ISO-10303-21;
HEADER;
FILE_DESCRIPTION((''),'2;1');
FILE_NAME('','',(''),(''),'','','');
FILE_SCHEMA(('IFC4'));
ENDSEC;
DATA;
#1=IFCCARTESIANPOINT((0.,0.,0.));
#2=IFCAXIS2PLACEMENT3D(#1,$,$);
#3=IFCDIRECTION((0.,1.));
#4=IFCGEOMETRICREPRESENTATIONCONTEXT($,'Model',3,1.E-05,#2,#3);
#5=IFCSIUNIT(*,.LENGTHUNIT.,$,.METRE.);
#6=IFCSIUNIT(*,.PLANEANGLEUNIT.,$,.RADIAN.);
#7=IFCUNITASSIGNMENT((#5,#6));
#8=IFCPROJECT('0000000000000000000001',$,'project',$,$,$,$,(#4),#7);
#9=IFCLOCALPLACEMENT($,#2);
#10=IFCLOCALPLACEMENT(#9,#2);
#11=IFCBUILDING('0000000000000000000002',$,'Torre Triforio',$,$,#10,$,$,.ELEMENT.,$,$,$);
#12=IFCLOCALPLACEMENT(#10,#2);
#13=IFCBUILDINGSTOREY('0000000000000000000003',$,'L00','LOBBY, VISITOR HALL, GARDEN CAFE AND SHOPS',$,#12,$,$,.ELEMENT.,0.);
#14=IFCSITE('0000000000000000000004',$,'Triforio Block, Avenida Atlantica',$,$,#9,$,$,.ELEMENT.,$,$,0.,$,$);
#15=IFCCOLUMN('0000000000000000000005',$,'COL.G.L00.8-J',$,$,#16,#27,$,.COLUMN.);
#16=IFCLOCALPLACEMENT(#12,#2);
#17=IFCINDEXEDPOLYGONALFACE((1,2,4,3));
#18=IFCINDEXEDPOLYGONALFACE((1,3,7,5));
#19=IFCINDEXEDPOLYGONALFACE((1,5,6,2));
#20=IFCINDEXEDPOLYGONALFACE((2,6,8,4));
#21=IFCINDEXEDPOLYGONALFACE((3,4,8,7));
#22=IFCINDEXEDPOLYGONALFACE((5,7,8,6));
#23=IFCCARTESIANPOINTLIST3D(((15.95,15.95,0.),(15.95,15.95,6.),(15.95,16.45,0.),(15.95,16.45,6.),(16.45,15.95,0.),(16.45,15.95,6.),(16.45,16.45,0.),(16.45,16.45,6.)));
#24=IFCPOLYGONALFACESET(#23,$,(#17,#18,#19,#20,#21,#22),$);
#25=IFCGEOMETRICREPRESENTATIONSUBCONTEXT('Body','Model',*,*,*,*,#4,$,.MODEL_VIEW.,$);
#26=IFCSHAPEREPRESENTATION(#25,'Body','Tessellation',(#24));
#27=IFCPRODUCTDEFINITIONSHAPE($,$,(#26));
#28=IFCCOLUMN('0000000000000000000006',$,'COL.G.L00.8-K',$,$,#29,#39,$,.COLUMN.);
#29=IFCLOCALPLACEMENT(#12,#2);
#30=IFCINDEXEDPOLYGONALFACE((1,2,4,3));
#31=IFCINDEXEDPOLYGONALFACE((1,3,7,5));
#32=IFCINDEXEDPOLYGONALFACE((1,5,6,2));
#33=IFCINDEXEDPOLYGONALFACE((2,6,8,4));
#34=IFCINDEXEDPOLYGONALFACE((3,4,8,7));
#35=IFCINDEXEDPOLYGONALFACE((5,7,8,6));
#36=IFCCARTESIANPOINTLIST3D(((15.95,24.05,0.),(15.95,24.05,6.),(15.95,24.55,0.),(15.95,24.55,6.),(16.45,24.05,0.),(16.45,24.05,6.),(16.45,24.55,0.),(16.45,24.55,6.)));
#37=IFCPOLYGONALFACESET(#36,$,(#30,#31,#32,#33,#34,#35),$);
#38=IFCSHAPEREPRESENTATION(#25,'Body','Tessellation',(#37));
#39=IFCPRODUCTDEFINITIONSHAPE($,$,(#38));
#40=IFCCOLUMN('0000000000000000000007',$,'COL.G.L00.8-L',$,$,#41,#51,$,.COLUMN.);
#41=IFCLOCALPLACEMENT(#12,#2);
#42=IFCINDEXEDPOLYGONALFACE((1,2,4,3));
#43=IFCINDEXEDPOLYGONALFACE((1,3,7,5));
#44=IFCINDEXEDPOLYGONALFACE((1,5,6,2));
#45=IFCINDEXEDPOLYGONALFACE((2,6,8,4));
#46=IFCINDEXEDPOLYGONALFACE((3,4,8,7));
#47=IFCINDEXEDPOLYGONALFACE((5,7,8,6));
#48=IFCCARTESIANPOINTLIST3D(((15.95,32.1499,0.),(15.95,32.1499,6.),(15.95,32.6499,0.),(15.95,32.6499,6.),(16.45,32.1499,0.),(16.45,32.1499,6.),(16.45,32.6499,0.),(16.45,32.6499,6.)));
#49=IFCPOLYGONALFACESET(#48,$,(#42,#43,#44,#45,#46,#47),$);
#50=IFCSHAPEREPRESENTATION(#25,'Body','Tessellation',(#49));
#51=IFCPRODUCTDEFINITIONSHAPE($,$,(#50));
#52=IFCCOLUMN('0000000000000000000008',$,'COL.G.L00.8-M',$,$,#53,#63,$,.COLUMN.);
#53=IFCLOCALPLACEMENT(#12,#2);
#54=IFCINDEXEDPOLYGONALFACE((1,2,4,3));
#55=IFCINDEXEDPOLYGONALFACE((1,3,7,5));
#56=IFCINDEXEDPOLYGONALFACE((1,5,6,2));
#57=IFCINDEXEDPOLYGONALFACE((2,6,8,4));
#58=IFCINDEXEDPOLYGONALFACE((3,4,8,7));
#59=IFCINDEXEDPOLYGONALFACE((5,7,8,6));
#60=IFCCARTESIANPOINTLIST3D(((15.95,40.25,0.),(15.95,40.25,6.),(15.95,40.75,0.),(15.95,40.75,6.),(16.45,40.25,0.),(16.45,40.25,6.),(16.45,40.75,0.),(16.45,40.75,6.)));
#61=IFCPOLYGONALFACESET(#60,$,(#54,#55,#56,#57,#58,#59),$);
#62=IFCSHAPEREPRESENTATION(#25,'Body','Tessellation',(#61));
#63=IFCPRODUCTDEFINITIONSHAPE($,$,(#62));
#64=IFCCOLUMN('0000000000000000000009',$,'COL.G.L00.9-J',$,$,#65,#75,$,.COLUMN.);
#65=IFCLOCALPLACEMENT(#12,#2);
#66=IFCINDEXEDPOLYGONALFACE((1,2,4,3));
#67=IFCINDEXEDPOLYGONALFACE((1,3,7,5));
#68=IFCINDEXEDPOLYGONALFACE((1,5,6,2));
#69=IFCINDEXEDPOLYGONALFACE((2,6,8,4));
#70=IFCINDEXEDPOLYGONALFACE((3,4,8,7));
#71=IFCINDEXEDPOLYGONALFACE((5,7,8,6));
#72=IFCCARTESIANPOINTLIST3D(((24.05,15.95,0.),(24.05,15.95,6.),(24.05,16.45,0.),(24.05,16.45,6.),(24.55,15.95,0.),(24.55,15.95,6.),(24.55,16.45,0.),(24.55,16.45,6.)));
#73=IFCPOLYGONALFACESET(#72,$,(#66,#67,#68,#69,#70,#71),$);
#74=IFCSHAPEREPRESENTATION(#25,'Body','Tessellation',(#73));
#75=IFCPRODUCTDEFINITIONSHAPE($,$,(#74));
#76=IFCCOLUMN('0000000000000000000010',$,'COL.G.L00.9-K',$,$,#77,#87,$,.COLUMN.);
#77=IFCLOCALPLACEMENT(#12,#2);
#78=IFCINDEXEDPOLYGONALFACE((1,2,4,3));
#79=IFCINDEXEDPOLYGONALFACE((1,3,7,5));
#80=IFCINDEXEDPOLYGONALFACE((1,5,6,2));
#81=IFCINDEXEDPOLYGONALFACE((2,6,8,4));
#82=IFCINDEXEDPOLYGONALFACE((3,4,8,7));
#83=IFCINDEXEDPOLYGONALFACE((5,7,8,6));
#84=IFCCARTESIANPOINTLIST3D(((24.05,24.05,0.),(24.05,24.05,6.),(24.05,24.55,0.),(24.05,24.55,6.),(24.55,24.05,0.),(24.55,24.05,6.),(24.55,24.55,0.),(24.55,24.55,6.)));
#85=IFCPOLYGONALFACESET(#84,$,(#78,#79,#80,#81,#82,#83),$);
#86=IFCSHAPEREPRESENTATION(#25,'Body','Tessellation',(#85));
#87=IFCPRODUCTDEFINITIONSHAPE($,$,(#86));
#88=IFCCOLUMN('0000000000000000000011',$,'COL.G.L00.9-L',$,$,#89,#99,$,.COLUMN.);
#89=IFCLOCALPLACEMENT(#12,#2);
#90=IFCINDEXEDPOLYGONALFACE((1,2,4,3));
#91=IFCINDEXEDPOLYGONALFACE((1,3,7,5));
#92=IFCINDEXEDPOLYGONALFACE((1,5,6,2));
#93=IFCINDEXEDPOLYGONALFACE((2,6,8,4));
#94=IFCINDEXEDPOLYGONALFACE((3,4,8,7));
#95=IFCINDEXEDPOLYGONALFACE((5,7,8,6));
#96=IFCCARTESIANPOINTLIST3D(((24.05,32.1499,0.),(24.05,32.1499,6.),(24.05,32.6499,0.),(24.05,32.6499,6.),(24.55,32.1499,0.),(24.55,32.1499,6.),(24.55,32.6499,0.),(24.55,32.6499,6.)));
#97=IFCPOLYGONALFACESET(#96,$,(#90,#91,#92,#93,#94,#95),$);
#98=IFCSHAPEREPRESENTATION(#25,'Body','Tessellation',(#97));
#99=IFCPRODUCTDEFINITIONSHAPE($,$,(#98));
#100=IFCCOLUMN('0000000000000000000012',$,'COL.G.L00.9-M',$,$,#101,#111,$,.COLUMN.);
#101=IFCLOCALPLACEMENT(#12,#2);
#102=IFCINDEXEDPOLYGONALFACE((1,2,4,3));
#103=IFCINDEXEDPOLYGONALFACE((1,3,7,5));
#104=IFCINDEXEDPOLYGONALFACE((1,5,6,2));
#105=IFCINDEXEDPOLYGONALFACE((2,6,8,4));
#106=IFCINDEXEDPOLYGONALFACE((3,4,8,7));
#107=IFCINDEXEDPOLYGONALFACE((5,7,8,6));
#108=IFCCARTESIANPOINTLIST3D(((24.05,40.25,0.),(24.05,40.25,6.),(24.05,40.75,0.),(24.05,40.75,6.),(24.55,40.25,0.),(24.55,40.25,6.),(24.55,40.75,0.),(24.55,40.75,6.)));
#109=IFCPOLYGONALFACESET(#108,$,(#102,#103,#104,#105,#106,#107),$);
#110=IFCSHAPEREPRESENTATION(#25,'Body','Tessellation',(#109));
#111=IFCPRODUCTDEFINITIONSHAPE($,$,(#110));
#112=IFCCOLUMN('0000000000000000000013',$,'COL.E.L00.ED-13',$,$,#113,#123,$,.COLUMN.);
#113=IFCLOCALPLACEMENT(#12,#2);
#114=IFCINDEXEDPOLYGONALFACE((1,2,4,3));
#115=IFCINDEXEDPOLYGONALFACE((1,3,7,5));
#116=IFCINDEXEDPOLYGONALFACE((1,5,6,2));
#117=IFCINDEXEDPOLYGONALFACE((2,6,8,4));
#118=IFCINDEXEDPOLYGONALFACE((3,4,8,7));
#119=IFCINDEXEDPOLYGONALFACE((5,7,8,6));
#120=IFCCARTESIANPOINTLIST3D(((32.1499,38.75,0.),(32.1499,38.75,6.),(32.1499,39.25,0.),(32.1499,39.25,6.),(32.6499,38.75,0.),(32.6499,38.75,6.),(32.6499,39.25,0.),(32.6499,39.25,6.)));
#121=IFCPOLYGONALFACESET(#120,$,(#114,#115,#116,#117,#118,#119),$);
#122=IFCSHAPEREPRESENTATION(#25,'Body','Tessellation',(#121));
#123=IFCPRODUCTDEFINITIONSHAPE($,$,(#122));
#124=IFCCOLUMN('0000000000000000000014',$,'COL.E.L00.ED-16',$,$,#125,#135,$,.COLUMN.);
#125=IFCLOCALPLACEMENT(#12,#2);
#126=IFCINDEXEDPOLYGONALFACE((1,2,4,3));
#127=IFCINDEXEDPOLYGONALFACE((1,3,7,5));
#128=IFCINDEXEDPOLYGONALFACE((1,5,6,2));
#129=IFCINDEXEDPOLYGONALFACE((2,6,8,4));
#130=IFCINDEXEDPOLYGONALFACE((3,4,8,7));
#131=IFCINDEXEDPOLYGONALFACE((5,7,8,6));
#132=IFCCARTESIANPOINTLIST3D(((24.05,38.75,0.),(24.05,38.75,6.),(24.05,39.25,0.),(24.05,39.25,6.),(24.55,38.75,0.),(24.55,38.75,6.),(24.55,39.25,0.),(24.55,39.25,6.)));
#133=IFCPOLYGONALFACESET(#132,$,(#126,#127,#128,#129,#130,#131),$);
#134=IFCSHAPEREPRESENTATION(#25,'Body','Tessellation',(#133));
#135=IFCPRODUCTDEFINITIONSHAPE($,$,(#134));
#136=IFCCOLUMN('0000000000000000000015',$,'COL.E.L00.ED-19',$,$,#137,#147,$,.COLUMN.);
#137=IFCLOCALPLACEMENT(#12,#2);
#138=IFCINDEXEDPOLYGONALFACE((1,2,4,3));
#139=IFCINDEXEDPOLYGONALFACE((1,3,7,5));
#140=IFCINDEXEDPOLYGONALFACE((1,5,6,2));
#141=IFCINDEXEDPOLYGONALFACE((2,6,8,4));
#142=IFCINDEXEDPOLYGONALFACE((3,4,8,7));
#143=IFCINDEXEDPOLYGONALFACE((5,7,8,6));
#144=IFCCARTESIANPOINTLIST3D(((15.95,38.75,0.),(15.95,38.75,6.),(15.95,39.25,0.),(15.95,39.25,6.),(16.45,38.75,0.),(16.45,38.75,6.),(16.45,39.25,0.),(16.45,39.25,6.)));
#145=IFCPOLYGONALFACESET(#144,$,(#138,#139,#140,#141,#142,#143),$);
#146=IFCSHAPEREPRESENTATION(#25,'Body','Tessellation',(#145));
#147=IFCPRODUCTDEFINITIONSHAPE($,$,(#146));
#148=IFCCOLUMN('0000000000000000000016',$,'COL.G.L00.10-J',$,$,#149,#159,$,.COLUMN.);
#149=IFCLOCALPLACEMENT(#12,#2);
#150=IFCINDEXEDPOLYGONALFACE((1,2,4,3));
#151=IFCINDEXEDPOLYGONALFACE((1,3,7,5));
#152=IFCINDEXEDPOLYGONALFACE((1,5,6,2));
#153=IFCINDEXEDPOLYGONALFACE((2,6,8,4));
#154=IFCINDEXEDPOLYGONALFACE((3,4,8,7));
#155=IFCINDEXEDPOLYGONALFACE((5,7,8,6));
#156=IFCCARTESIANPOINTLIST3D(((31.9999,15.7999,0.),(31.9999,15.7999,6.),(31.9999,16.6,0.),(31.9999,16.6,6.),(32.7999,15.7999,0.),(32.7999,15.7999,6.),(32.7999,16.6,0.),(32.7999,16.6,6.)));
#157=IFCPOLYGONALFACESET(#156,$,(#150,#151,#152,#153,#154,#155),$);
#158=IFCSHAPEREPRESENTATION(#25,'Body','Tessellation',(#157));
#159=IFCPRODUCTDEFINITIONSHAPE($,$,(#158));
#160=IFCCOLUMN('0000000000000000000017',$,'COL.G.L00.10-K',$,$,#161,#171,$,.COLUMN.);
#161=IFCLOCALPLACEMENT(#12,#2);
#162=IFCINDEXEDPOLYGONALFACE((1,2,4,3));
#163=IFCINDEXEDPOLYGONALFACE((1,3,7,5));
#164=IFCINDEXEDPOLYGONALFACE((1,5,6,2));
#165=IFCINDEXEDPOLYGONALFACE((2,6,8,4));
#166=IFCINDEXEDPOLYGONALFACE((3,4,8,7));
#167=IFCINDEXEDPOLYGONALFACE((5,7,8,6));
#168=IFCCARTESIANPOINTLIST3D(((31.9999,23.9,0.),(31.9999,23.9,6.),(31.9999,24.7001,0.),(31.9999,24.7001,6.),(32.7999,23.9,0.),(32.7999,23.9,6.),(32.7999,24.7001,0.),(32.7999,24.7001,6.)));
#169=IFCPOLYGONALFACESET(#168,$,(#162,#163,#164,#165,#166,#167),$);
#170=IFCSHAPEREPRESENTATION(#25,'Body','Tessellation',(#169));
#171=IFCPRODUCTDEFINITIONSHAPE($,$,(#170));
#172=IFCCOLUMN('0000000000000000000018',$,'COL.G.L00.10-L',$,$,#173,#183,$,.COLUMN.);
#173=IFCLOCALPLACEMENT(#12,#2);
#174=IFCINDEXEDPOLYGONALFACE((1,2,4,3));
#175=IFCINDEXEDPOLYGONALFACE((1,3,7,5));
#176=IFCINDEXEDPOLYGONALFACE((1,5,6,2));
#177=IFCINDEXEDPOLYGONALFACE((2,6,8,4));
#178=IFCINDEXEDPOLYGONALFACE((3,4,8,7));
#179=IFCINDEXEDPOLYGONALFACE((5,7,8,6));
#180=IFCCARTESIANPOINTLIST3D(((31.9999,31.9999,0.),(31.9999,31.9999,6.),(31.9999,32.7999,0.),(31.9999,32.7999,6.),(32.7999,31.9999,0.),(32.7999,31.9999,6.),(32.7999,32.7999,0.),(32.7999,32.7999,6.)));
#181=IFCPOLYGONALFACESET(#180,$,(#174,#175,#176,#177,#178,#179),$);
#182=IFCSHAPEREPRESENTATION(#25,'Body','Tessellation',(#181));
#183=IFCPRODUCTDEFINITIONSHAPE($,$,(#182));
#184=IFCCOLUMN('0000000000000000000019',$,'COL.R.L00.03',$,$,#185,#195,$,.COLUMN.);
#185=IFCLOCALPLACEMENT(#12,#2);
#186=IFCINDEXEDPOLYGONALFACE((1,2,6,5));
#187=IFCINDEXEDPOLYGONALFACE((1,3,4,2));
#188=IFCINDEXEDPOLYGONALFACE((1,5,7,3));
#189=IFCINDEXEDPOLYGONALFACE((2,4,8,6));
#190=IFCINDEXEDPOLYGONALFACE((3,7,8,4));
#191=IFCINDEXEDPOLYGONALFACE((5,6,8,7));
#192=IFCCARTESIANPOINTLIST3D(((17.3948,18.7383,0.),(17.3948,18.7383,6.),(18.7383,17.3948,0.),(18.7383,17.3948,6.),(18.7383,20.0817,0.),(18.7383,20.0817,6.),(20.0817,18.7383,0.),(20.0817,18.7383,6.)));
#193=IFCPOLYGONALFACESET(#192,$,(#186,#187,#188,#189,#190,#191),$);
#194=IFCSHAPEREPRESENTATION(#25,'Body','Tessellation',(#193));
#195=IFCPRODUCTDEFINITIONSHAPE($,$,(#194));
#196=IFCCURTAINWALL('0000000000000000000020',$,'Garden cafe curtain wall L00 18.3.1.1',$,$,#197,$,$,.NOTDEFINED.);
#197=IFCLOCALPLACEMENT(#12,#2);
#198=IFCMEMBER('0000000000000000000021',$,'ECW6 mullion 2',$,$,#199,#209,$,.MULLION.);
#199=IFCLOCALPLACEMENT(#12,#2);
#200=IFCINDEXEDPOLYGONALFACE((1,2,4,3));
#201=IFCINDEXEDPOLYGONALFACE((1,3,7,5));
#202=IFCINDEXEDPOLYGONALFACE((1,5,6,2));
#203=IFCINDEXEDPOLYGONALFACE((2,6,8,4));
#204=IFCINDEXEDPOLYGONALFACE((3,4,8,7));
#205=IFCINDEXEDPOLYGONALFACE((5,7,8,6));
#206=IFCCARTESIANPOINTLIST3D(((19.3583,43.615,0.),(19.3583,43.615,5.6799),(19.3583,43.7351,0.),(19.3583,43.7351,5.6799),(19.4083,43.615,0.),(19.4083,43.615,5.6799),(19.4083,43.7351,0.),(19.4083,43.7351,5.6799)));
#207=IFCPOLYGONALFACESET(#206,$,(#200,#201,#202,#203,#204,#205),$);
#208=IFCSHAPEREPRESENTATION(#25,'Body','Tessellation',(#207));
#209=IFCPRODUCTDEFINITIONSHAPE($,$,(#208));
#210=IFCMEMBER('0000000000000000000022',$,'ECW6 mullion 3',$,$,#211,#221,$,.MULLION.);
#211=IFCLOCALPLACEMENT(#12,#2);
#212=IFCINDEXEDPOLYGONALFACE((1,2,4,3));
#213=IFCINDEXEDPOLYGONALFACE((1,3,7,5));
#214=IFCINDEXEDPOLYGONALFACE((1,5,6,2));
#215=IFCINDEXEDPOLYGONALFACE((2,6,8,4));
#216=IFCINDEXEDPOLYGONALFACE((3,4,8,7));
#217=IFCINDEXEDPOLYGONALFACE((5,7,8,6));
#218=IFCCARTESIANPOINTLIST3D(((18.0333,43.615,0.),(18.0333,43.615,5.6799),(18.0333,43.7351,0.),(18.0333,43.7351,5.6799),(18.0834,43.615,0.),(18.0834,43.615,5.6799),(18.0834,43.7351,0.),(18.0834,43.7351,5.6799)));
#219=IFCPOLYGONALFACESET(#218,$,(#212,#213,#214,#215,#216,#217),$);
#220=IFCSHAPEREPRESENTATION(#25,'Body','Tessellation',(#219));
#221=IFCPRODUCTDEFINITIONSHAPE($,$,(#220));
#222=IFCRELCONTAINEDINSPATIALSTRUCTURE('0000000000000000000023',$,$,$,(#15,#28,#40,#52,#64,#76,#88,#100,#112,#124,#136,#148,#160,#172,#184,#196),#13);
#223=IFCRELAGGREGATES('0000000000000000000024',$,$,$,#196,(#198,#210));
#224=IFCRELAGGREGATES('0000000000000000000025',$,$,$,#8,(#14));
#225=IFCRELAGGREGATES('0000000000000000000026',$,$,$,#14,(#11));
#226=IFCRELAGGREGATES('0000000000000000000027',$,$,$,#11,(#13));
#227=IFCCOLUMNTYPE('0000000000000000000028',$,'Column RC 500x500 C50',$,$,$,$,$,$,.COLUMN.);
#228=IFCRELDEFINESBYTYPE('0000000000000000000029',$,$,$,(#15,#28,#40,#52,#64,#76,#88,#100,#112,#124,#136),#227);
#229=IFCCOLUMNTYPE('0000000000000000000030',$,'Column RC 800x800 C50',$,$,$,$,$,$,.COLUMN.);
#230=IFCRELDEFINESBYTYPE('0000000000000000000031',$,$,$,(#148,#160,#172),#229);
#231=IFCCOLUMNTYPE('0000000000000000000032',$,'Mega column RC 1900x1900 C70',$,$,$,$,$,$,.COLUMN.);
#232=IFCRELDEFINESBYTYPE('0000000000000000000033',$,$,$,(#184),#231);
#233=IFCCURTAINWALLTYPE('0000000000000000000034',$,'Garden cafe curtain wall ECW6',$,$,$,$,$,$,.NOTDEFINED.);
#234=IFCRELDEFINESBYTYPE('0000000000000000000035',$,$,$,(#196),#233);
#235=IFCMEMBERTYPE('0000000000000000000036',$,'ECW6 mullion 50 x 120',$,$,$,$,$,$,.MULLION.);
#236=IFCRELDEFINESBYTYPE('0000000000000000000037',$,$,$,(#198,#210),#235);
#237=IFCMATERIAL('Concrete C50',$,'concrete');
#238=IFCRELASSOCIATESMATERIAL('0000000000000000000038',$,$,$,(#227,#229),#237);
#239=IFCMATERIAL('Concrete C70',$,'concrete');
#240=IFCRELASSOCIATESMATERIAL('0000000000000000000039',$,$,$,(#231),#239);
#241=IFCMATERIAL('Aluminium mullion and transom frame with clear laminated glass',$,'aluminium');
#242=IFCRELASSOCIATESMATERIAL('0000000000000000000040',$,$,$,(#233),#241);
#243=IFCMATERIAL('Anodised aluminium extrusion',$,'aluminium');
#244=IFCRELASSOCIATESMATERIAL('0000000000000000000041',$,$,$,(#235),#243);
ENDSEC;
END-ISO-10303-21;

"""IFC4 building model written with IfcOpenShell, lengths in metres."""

from ifc_helpers import new_model, si_unit, direction, frame, origin, origin_2d, place, context, subcontext, project, spatial, rectangle, extrude, material, material_profile, profile_set, type_object, element, aggregate, save


model = new_model("IFC4")

# Units and contexts
model_context = context("Model", 3, precision=1e-05, world=origin(), true_north=direction((0.0, 1.0)))
body_context = subcontext(model_context, "Body", "Model", "MODEL_VIEW")
ifc_project = project(units=[si_unit("LENGTHUNIT", "METRE"), si_unit("PLANEANGLEUNIT", "RADIAN")], contexts=[model_context])

# Site, building, storey
site_placement = place(None, origin())
site = spatial("IfcSite", under=ifc_project, at=site_placement, Name="Triforio Block, Avenida Atlantica", CompositionType="ELEMENT", RefElevation=0.0)
building_placement = place(site_placement, origin())
building = spatial("IfcBuilding", under=site, at=building_placement, Name="Torre Triforio", CompositionType="ELEMENT")
storey_placement = place(building_placement, origin())
storey = spatial("IfcBuildingStorey", under=building, at=storey_placement, Name="L00", Description="LOBBY, VISITOR HALL, GARDEN CAFE AND SHOPS", CompositionType="ELEMENT", Elevation=0.0)

# Columns
ifc_material_1 = material(Name="Concrete C50", Category="concrete")
ifc_material_profile_1 = material_profile(ifc_material_1, rectangle(XDim=0.5, YDim=0.5, at=origin_2d()), Name="RC 500x500")
ifc_profile_set_1 = profile_set([ifc_material_profile_1], Name="Concrete C50")
column_type_1 = type_object("IfcColumnType", Name="Column RC 500x500 C50", PredefinedType="COLUMN", material=ifc_profile_set_1)
for number, where, z_axis, x_axis, name in (
    (1, (16.2, 16.2, 0.0), (0.0, 0.0, 1.0), (1.0, 0.0, 0.0), "COL.G.L00.8-J"),
    (2, (16.2, 24.3, 0.0), (0.0, 0.0, 1.0), (1.0, 0.0, 0.0), "COL.G.L00.8-K"),
    (3, (16.2, 32.3999, 0.0), (0.0, 0.0, 1.0), (1.0, 0.0, 0.0), "COL.G.L00.8-L"),
    (4, (16.2, 40.5, 0.0), (0.0, 0.0, 1.0), (1.0, 0.0, 0.0), "COL.G.L00.8-M"),
    (5, (24.3, 16.2, 0.0), (0.0, 0.0, 1.0), (1.0, 0.0, 0.0), "COL.G.L00.9-J"),
    (6, (24.3, 24.3, 0.0), (0.0, 0.0, 1.0), (1.0, 0.0, 0.0), "COL.G.L00.9-K"),
    (7, (24.3, 32.3999, 0.0), (0.0, 0.0, 1.0), (1.0, 0.0, 0.0), "COL.G.L00.9-L"),
    (8, (24.3, 40.5, 0.0), (0.0, 0.0, 1.0), (1.0, 0.0, 0.0), "COL.G.L00.9-M"),
    (9, (32.3999, 39.0, 0.0), (0.0, 0.0, 1.0), (1.0, 0.0, 0.0), "COL.E.L00.ED-13"),
    (10, (24.3, 39.0, 0.0), (0.0, 0.0, 1.0), (1.0, 0.0, 0.0), "COL.E.L00.ED-16"),
    (11, (16.2, 39.0, 0.0), (0.0, 0.0, 1.0), (1.0, 0.0, 0.0), "COL.E.L00.ED-19"),
):
    element("IfcColumn", number, at=place(storey_placement, frame(where, z_axis=z_axis, x_axis=x_axis)), inside=storey, type_object=column_type_1, Name=name, PredefinedType="COLUMN", context=body_context, shape_type="SweptSolid", body=[
        extrude(rectangle(XDim=0.5, YDim=0.5, at=origin_2d()), origin(), (0.0, 0.0, 1.0), 6.0),
    ])
ifc_material_profile_2 = material_profile(ifc_material_1, rectangle(XDim=0.8, YDim=0.8, at=origin_2d()), Name="RC 800x800")
ifc_profile_set_2 = profile_set([ifc_material_profile_2], Name="Concrete C50")
column_type_2 = type_object("IfcColumnType", Name="Column RC 800x800 C50", PredefinedType="COLUMN", material=ifc_profile_set_2)
for number, where, z_axis, x_axis, name in (
    (12, (32.3999, 16.2, 0.0), (0.0, 0.0, 1.0), (1.0, 0.0, 0.0), "COL.G.L00.10-J"),
    (13, (32.3999, 24.3, 0.0), (0.0, 0.0, 1.0), (1.0, 0.0, 0.0), "COL.G.L00.10-K"),
    (14, (32.3999, 32.3999, 0.0), (0.0, 0.0, 1.0), (1.0, 0.0, 0.0), "COL.G.L00.10-L"),
):
    element("IfcColumn", number, at=place(storey_placement, frame(where, z_axis=z_axis, x_axis=x_axis)), inside=storey, type_object=column_type_2, Name=name, PredefinedType="COLUMN", context=body_context, shape_type="SweptSolid", body=[
        extrude(rectangle(XDim=0.8, YDim=0.8, at=origin_2d()), origin(), (0.0, 0.0, 1.0), 6.0),
    ])
ifc_material_2 = material(Name="Concrete C70", Category="concrete")
ifc_material_profile_3 = material_profile(ifc_material_2, rectangle(XDim=1.8999, YDim=1.8999, at=origin_2d()), Name="RC 1900x1900")
ifc_profile_set_3 = profile_set([ifc_material_profile_3], Name="Concrete C70")
column_type_3 = type_object("IfcColumnType", Name="Mega column RC 1900x1900 C70", PredefinedType="COLUMN", material=ifc_profile_set_3)
column_placement = place(storey_placement, frame((18.7383, 18.7383, 0.0), z_axis=(0.0, 0.0, 1.0), x_axis=(-0.707107, 0.707107, 0.0)))
element("IfcColumn", 15, at=column_placement, inside=storey, type_object=column_type_3, Name="COL.R.L00.03", PredefinedType="COLUMN", context=body_context, shape_type="SweptSolid", body=[
    extrude(rectangle(XDim=1.8999, YDim=1.8999, at=origin_2d()), origin(), (0.0, 0.0, 1.0), 6.0),
])

# Curtain wall, members
ifc_material_3 = material(Name="Aluminium mullion and transom frame with clear laminated glass", Category="aluminium")
curtain_wall_type = type_object("IfcCurtainWallType", Name="Garden cafe curtain wall ECW6", PredefinedType="NOTDEFINED", material=ifc_material_3)
curtain_wall_1_placement = place(storey_placement, origin())
curtain_wall_1 = element("IfcCurtainWall", 16, at=curtain_wall_1_placement, inside=storey, type_object=curtain_wall_type, Name="Garden cafe curtain wall L00 18.3.1.1", PredefinedType="NOTDEFINED")
ifc_material_4 = material(Name="Anodised aluminium extrusion", Category="aluminium")
ifc_material_profile_4 = material_profile(ifc_material_4, rectangle(XDim=0.1201, YDim=0.05, at=origin_2d()), Name="ECW6 MULLION 50x120")
ifc_profile_set_4 = profile_set([ifc_material_profile_4], Name="Anodised aluminium extrusion")
member_type_1 = type_object("IfcMemberType", Name="ECW6 mullion 50 x 120", PredefinedType="MULLION", material=ifc_profile_set_4)
member_1_placement = place(storey_placement, frame((19.3833, 43.675, 0.0), z_axis=(0.0, 0.0, 1.0), x_axis=(0.0, -1.0, 0.0)))
member_1 = element("IfcMember", 17, at=member_1_placement, type_object=member_type_1, Name="ECW6 mullion 2", PredefinedType="MULLION", context=body_context, shape_type="SweptSolid", body=[
    extrude(rectangle(XDim=0.1201, YDim=0.05, at=origin_2d()), origin(), (0.0, 0.0, 1.0), 5.6799),
])
member_2_placement = place(storey_placement, frame((18.0583, 43.675, 0.0), z_axis=(0.0, 0.0, 1.0), x_axis=(0.0, -1.0, 0.0)))
member_2 = element("IfcMember", 18, at=member_2_placement, type_object=member_type_1, Name="ECW6 mullion 3", PredefinedType="MULLION", context=body_context, shape_type="SweptSolid", body=[
    extrude(rectangle(XDim=0.1201, YDim=0.05, at=origin_2d()), origin(), (0.0, 0.0, 1.0), 5.6799),
])

aggregate(curtain_wall_1, [member_1, member_2])

save(model, "model.ifc")
